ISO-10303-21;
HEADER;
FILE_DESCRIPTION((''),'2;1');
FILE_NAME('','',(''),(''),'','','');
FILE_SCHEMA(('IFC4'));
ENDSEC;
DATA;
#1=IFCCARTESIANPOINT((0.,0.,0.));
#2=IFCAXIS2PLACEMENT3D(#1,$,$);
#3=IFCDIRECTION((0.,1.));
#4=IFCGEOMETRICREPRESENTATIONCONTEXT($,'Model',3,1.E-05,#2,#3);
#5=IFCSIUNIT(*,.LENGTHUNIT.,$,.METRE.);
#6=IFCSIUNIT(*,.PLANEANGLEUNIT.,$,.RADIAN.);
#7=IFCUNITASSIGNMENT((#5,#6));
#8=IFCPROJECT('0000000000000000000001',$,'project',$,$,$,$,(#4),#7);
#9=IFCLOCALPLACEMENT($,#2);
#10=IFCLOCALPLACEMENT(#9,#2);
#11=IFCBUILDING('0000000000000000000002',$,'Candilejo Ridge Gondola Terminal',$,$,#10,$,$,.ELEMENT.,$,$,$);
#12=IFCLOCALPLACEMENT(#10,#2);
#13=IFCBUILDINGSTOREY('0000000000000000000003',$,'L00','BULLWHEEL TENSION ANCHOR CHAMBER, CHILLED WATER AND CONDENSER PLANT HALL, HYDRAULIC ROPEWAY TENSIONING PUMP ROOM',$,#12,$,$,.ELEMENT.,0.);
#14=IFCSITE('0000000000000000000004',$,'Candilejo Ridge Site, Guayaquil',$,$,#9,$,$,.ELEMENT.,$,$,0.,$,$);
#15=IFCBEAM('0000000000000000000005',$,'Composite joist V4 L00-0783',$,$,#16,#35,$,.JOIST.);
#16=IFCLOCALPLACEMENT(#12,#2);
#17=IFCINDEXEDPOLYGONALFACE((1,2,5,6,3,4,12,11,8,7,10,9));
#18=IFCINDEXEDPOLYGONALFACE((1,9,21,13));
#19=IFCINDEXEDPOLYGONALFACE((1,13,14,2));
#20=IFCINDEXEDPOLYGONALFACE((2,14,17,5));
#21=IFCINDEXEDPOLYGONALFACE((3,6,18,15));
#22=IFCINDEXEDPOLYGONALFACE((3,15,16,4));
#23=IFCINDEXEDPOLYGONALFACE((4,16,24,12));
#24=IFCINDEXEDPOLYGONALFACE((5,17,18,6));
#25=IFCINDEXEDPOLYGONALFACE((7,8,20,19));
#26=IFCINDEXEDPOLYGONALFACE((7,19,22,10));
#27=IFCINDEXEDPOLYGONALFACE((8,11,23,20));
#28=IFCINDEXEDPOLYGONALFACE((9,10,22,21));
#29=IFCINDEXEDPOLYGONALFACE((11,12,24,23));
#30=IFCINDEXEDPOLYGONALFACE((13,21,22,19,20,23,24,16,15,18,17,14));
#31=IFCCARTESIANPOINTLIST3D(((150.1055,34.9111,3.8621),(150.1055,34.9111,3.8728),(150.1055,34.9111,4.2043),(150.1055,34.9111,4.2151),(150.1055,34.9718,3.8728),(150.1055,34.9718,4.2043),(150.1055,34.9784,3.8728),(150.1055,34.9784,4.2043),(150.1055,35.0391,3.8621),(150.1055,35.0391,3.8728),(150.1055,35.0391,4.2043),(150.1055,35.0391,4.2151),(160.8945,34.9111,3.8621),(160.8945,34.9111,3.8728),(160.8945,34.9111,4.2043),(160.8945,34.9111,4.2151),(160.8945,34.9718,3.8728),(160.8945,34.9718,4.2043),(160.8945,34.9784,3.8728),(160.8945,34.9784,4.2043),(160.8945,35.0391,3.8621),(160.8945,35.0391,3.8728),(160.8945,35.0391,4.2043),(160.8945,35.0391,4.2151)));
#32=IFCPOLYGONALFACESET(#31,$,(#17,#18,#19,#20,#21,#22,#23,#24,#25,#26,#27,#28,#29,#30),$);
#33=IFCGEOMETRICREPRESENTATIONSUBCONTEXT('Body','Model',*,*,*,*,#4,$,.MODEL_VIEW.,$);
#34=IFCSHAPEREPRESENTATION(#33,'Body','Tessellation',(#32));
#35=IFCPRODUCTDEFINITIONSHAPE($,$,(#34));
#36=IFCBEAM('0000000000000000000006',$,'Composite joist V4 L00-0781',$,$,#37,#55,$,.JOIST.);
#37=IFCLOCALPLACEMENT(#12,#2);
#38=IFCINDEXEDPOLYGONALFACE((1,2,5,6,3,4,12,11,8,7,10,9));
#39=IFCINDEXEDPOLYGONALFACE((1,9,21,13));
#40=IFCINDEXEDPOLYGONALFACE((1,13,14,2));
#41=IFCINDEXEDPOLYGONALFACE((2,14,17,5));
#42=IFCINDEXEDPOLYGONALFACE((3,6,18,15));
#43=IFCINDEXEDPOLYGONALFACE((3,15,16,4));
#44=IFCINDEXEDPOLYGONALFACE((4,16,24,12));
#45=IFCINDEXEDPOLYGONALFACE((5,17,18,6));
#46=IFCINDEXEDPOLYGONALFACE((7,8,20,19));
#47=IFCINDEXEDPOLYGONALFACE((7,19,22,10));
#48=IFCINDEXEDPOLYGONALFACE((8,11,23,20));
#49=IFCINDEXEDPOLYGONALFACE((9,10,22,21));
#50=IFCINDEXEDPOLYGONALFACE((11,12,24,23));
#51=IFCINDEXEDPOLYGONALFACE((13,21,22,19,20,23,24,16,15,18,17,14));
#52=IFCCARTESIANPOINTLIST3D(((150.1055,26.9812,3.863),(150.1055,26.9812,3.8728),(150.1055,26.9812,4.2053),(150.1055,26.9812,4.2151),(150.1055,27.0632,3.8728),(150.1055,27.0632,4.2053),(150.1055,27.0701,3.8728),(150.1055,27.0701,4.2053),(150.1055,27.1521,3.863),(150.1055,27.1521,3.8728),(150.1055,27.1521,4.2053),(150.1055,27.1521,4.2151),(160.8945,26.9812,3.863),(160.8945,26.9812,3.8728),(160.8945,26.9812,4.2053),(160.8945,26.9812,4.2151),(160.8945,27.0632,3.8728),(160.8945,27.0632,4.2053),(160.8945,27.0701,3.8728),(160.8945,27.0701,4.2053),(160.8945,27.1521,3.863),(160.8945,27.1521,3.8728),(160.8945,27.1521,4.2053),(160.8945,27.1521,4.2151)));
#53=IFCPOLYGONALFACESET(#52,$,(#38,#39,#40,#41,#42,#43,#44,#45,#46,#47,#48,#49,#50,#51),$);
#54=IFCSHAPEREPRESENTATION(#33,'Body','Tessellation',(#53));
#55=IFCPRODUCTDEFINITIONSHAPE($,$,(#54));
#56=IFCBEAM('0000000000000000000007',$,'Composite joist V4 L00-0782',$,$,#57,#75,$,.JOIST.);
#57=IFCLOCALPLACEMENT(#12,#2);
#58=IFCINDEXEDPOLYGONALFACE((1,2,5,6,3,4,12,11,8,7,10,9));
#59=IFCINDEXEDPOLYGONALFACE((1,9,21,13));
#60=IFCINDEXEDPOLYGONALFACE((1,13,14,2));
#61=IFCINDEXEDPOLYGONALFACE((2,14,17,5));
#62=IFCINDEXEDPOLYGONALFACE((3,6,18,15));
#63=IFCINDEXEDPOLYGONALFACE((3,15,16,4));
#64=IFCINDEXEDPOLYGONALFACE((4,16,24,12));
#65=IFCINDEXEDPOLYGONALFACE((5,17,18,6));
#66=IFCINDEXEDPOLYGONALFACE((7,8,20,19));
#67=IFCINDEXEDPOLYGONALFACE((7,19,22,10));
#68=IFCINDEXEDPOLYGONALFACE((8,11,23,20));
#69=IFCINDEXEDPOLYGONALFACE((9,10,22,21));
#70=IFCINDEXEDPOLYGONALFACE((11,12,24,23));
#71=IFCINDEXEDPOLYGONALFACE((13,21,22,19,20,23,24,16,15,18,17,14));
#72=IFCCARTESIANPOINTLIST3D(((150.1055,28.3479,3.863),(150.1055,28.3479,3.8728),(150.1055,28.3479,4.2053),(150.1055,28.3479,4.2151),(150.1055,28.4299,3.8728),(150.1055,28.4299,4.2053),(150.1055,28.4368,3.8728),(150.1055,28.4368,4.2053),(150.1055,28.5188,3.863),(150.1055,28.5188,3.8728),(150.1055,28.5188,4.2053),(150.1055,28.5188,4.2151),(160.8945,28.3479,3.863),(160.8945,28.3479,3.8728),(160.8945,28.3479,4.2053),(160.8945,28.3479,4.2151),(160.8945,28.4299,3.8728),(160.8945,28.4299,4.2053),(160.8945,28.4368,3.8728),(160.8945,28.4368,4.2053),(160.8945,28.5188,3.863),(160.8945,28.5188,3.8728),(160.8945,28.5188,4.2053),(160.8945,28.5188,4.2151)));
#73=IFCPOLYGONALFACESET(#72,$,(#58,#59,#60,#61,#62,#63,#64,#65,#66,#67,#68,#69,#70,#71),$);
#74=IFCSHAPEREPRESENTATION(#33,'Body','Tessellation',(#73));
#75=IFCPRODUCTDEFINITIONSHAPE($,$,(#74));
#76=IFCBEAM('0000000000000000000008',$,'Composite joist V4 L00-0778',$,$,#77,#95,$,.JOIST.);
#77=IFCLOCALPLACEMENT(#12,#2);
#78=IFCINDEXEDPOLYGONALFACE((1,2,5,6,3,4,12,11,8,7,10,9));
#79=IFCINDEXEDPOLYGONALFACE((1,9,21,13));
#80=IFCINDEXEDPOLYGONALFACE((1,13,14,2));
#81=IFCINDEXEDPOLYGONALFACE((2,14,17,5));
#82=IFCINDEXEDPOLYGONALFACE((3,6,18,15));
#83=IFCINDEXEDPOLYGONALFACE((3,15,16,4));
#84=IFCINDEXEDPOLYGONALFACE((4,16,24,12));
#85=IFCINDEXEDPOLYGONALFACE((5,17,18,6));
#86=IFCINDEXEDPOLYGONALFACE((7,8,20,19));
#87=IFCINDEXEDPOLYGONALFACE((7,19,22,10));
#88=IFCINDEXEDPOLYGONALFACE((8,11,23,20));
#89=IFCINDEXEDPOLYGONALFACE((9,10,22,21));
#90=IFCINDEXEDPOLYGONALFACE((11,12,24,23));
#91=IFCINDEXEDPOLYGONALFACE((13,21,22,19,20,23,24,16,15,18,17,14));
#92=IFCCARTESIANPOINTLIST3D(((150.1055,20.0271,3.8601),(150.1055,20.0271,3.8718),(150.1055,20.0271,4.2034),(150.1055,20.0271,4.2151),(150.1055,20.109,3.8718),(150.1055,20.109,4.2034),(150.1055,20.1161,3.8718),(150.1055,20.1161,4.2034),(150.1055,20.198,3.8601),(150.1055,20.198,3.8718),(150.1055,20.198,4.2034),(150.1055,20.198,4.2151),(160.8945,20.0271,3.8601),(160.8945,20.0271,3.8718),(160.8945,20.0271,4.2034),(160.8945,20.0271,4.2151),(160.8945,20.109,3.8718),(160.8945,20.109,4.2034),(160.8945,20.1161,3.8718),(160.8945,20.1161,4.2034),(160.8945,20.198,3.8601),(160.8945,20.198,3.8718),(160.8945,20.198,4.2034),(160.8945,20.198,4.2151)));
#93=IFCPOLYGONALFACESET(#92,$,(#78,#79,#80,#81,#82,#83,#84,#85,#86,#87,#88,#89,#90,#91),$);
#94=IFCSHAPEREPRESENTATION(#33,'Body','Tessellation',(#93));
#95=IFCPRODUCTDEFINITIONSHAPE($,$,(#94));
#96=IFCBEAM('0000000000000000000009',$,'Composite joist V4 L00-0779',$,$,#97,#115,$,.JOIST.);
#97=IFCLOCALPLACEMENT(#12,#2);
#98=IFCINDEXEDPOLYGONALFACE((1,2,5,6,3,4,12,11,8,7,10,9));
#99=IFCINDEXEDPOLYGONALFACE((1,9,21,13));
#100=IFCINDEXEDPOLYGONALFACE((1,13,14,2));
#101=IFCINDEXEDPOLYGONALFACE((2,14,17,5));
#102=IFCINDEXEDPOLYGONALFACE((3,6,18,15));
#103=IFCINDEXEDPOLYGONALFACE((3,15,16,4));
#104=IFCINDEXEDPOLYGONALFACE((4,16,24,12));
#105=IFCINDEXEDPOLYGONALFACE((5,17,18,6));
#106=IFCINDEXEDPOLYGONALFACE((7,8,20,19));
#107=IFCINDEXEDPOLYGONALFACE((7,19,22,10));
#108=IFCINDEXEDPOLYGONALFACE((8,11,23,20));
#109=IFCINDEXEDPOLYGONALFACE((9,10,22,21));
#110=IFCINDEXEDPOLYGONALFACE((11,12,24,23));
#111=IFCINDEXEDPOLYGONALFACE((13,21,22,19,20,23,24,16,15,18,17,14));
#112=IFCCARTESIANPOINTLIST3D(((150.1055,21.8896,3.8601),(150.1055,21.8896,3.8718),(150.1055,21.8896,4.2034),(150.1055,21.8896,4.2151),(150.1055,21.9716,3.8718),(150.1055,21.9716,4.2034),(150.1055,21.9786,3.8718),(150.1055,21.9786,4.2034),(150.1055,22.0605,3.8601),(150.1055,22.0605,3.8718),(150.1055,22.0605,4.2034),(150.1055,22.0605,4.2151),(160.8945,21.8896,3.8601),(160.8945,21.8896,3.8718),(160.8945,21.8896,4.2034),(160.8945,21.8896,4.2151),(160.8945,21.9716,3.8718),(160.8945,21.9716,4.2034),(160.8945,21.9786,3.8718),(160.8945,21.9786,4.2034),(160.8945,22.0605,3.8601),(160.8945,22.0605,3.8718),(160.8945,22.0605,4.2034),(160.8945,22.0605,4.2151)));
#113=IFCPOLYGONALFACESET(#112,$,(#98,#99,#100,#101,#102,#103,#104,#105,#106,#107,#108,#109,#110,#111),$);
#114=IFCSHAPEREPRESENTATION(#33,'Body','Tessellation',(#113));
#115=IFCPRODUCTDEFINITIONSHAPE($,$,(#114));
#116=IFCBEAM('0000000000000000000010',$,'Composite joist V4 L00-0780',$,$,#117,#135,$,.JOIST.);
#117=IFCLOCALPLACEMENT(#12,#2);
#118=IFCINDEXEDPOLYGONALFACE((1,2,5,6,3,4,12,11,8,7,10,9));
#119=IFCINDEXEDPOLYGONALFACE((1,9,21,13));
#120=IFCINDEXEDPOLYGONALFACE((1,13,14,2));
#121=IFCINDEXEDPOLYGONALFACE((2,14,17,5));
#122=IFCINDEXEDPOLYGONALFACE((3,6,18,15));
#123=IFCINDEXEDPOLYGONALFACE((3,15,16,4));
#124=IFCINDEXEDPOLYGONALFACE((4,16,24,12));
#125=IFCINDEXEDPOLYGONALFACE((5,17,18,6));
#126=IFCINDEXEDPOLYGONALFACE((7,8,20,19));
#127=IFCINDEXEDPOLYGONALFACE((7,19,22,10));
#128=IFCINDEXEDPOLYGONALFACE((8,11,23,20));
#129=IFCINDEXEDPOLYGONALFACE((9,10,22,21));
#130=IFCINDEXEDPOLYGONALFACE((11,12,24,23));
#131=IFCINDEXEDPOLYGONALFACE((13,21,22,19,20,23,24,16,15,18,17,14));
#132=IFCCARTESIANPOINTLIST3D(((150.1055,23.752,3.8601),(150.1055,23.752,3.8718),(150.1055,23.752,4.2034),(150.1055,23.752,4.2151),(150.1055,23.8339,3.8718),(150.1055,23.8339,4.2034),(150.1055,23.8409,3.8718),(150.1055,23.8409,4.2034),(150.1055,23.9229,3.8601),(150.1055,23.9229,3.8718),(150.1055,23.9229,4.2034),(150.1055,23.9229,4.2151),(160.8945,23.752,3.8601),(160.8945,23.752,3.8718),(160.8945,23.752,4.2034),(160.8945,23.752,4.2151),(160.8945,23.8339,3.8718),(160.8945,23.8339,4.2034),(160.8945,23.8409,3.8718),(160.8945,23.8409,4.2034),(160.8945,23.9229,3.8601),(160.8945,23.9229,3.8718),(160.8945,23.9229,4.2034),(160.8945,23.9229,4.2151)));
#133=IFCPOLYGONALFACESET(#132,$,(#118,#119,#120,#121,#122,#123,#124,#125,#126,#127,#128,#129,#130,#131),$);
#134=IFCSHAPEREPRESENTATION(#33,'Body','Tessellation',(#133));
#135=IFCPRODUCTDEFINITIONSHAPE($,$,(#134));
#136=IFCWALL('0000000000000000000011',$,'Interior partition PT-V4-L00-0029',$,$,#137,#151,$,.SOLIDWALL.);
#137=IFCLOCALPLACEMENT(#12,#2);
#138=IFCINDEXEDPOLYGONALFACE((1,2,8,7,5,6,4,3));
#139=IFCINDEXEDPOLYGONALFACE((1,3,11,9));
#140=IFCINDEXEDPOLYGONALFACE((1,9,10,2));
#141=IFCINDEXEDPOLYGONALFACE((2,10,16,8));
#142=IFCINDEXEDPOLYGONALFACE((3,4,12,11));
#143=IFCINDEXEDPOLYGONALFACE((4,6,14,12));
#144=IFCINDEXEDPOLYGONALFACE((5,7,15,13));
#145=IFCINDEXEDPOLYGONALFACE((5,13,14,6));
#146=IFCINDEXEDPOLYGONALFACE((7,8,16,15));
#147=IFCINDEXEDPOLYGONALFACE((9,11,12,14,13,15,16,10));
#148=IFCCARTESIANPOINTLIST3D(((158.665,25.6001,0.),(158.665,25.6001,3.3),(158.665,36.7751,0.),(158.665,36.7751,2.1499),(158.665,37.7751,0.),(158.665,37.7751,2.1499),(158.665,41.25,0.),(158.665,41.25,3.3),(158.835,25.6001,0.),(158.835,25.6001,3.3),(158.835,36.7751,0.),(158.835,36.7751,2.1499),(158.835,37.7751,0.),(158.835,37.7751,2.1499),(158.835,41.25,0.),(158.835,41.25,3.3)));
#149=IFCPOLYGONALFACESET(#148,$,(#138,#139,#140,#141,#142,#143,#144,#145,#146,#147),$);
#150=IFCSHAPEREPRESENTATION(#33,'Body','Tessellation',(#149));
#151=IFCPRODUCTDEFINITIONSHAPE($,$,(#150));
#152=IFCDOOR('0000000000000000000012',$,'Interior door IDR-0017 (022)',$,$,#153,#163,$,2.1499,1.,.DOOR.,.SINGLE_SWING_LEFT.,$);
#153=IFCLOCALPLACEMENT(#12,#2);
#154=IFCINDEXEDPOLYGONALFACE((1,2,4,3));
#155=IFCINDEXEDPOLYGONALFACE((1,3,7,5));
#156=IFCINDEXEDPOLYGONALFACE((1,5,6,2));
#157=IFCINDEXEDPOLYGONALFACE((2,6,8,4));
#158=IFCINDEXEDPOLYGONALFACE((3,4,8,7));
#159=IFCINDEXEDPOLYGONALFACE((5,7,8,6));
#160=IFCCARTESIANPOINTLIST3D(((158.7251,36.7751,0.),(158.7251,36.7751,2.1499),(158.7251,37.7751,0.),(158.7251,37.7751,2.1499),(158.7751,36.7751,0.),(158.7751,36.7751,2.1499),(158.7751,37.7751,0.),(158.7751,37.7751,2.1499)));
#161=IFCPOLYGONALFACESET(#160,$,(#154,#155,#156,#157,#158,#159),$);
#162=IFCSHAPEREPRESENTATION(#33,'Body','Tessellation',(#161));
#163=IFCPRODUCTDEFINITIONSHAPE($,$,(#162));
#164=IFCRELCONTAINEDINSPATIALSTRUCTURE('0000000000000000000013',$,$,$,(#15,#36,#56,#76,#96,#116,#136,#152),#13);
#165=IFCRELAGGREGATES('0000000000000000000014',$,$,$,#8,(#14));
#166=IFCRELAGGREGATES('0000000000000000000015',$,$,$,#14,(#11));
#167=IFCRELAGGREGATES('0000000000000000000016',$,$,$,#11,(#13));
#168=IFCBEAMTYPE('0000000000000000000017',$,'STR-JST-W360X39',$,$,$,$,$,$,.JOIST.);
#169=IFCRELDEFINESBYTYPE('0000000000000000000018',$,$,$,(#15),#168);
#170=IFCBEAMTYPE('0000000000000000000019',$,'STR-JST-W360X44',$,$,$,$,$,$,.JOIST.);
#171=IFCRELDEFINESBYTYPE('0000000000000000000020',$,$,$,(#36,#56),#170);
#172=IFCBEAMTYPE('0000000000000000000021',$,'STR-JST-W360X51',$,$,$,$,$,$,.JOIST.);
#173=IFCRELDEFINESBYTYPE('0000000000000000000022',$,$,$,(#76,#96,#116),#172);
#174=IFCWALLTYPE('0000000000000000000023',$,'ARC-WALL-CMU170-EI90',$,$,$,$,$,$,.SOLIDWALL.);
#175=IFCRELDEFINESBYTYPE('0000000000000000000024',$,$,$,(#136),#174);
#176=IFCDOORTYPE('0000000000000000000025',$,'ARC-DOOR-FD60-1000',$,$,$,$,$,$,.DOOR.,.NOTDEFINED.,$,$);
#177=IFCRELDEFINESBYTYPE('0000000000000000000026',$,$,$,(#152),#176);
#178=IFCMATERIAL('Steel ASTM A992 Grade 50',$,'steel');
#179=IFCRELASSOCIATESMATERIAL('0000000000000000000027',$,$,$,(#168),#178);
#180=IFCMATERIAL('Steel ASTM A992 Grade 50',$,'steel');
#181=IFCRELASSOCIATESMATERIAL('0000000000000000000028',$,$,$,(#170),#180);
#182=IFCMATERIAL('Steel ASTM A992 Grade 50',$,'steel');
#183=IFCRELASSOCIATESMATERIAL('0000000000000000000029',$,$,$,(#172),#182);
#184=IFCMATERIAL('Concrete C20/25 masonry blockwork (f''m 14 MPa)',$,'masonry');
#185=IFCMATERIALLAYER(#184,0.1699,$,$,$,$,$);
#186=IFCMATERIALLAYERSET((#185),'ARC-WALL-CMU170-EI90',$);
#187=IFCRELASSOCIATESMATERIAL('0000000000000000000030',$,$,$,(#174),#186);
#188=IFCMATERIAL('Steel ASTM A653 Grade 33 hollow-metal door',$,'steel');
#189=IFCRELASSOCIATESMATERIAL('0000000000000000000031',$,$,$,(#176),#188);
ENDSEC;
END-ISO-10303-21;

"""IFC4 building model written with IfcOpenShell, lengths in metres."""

from ifc_helpers import new_model, si_unit, direction, frame, frame_2d, origin, origin_2d, place, context, subcontext, project, spatial, rectangle, i_section, extrude, material, layer, layer_set, material_profile, profile_set, type_object, element, fill, save


model = new_model("IFC4")

# Units and contexts
model_context = context("Model", 3, precision=1e-05, world=origin(), true_north=direction((0.0, 1.0)))
body_context = subcontext(model_context, "Body", "Model", "MODEL_VIEW")
ifc_project = project(units=[si_unit("LENGTHUNIT", "METRE"), si_unit("PLANEANGLEUNIT", "RADIAN")], contexts=[model_context])

# Site, building, storey
site_placement = place(None, origin())
site = spatial("IfcSite", under=ifc_project, at=site_placement, Name="Candilejo Ridge Site, Guayaquil", CompositionType="ELEMENT", RefElevation=0.0)
building_placement = place(site_placement, origin())
building = spatial("IfcBuilding", under=site, at=building_placement, Name="Candilejo Ridge Gondola Terminal", CompositionType="ELEMENT")
storey_placement = place(building_placement, origin())
storey = spatial("IfcBuildingStorey", under=building, at=storey_placement, Name="L00", Description="BULLWHEEL TENSION ANCHOR CHAMBER, CHILLED WATER AND CONDENSER PLANT HALL, HYDRAULIC ROPEWAY TENSIONING PUMP ROOM", CompositionType="ELEMENT", Elevation=0.0)

# Beams
ifc_material_1 = material(Name="Steel ASTM A992 Grade 50", Category="steel")
ifc_material_profile_1 = material_profile(ifc_material_1, i_section(OverallWidth=0.1279, OverallDepth=0.353, WebThickness=0.0066, FlangeThickness=0.0107, at=origin_2d()))
ifc_profile_set_1 = profile_set([ifc_material_profile_1], Name="Steel ASTM A992 Grade 50")
beam_type_1 = type_object("IfcBeamType", Name="STR-JST-W360X39", PredefinedType="JOIST", material=ifc_profile_set_1)
beam_1_placement = place(storey_placement, frame((150.1055, 34.9751, 4.0386), z_axis=(1.0, 0.0, 0.0), x_axis=(0.0, 1.0, 0.0)))
element("IfcBeam", 1, at=beam_1_placement, inside=storey, type_object=beam_type_1, Name="Composite joist V4 L00-0783", PredefinedType="JOIST", context=body_context, shape_type="SweptSolid", body=[
    extrude(i_section(OverallWidth=0.1279, OverallDepth=0.353, WebThickness=0.0066, FlangeThickness=0.0107, at=origin_2d()), origin(), (0.0, 0.0, 1.0), 10.7891),
])
ifc_material_2 = material(Name="Steel ASTM A992 Grade 50", Category="steel")
ifc_material_profile_2 = material_profile(ifc_material_2, i_section(OverallWidth=0.1709, OverallDepth=0.3521, WebThickness=0.0068, FlangeThickness=0.0098, at=origin_2d()))
ifc_profile_set_2 = profile_set([ifc_material_profile_2], Name="Steel ASTM A992 Grade 50")
beam_type_2 = type_object("IfcBeamType", Name="STR-JST-W360X44", PredefinedType="JOIST", material=ifc_profile_set_2)
for number, where, z_axis, x_axis, name in (
    (2, (150.1055, 27.0667, 4.0391), (1.0, 0.0, 0.0), (0.0, 1.0, 0.0), "Composite joist V4 L00-0781"),
    (3, (150.1055, 28.4333, 4.0391), (1.0, 0.0, 0.0), (0.0, 1.0, 0.0), "Composite joist V4 L00-0782"),
):
    element("IfcBeam", number, at=place(storey_placement, frame(where, z_axis=z_axis, x_axis=x_axis)), inside=storey, type_object=beam_type_2, Name=name, PredefinedType="JOIST", context=body_context, shape_type="SweptSolid", body=[
        extrude(i_section(OverallWidth=0.1709, OverallDepth=0.3521, WebThickness=0.0068, FlangeThickness=0.0098, at=origin_2d()), origin(), (0.0, 0.0, 1.0), 10.7891),
    ])
ifc_material_3 = material(Name="Steel ASTM A992 Grade 50", Category="steel")
ifc_material_profile_3 = material_profile(ifc_material_3, i_section(OverallWidth=0.1709, OverallDepth=0.355, WebThickness=0.0071, FlangeThickness=0.0117, at=origin_2d()))
ifc_profile_set_3 = profile_set([ifc_material_profile_3], Name="Steel ASTM A992 Grade 50")
beam_type_3 = type_object("IfcBeamType", Name="STR-JST-W360X51", PredefinedType="JOIST", material=ifc_profile_set_3)
for number, where, z_axis, x_axis, name in (
    (4, (150.1055, 20.1125, 4.0376), (1.0, 0.0, 0.0), (0.0, 1.0, 0.0), "Composite joist V4 L00-0778"),
    (5, (150.1055, 21.9751, 4.0376), (1.0, 0.0, 0.0), (0.0, 1.0, 0.0), "Composite joist V4 L00-0779"),
    (6, (150.1055, 23.8374, 4.0376), (1.0, 0.0, 0.0), (0.0, 1.0, 0.0), "Composite joist V4 L00-0780"),
):
    element("IfcBeam", number, at=place(storey_placement, frame(where, z_axis=z_axis, x_axis=x_axis)), inside=storey, type_object=beam_type_3, Name=name, PredefinedType="JOIST", context=body_context, shape_type="SweptSolid", body=[
        extrude(i_section(OverallWidth=0.1709, OverallDepth=0.355, WebThickness=0.0071, FlangeThickness=0.0117, at=origin_2d()), origin(), (0.0, 0.0, 1.0), 10.7891),
    ])

# Wall, opening, door
ifc_material_4 = material(Name="Concrete C20/25 masonry blockwork (f'm 14 MPa)", Category="masonry")
ifc_layer = layer(ifc_material_4, 0.1699)
ifc_layer_set = layer_set([ifc_layer], Name="ARC-WALL-CMU170-EI90")
wall_type = type_object("IfcWallType", Name="ARC-WALL-CMU170-EI90", PredefinedType="SOLIDWALL", material=ifc_layer_set)
wall_placement = place(storey_placement, frame((158.75, 25.6001, 0.0), z_axis=(0.0, 0.0, 1.0), x_axis=(0.0, 1.0, 0.0)))
wall = element("IfcWall", 7, at=wall_placement, inside=storey, type_object=wall_type, Name="Interior partition PT-V4-L00-0029", PredefinedType="SOLIDWALL", context=body_context, shape_type="SweptSolid", body=[
    extrude(rectangle(XDim=15.6499, YDim=0.1699, at=frame_2d((7.825, 0.0))), origin(), (0.0, 0.0, 1.0), 3.3),
])
opening_placement = place(wall_placement, frame((11.175, 0.0, 0.0)))
opening = element("IfcOpeningElement", 8, at=opening_placement, cuts=wall, PredefinedType="OPENING", context=body_context, shape_type="SweptSolid", body=[
    extrude(rectangle(XDim=1.0, YDim=2.1499, at=frame_2d((0.5, 1.075))), frame((0.0, 0.095, 0.0), z_axis=(0.0, -1.0, 0.0), x_axis=(1.0, 0.0, 0.0)), (0.0, 0.0, 1.0), 0.1899),
])
ifc_material_5 = material(Name="Steel ASTM A653 Grade 33 hollow-metal door", Category="steel")
door_type = type_object("IfcDoorType", Name="ARC-DOOR-FD60-1000", OperationType="NOTDEFINED", PredefinedType="DOOR", material=ifc_material_5)
door_placement = place(opening_placement, origin())
door = element("IfcDoor", 9, at=door_placement, inside=storey, type_object=door_type, Name="Interior door IDR-0017 (022)", OperationType="SINGLE_SWING_LEFT", OverallHeight=2.1499, OverallWidth=1.0, PredefinedType="DOOR", context=body_context, shape_type="SweptSolid", body=[
    extrude(rectangle(XDim=1.0, YDim=2.1499, at=frame_2d((0.5, 1.075))), frame((0.0, 0.0249, 0.0), z_axis=(0.0, -1.0, 0.0), x_axis=(1.0, 0.0, 0.0)), (0.0, 0.0, 1.0), 0.05),
])
fill(opening, door)

save(model, "model.ifc")
